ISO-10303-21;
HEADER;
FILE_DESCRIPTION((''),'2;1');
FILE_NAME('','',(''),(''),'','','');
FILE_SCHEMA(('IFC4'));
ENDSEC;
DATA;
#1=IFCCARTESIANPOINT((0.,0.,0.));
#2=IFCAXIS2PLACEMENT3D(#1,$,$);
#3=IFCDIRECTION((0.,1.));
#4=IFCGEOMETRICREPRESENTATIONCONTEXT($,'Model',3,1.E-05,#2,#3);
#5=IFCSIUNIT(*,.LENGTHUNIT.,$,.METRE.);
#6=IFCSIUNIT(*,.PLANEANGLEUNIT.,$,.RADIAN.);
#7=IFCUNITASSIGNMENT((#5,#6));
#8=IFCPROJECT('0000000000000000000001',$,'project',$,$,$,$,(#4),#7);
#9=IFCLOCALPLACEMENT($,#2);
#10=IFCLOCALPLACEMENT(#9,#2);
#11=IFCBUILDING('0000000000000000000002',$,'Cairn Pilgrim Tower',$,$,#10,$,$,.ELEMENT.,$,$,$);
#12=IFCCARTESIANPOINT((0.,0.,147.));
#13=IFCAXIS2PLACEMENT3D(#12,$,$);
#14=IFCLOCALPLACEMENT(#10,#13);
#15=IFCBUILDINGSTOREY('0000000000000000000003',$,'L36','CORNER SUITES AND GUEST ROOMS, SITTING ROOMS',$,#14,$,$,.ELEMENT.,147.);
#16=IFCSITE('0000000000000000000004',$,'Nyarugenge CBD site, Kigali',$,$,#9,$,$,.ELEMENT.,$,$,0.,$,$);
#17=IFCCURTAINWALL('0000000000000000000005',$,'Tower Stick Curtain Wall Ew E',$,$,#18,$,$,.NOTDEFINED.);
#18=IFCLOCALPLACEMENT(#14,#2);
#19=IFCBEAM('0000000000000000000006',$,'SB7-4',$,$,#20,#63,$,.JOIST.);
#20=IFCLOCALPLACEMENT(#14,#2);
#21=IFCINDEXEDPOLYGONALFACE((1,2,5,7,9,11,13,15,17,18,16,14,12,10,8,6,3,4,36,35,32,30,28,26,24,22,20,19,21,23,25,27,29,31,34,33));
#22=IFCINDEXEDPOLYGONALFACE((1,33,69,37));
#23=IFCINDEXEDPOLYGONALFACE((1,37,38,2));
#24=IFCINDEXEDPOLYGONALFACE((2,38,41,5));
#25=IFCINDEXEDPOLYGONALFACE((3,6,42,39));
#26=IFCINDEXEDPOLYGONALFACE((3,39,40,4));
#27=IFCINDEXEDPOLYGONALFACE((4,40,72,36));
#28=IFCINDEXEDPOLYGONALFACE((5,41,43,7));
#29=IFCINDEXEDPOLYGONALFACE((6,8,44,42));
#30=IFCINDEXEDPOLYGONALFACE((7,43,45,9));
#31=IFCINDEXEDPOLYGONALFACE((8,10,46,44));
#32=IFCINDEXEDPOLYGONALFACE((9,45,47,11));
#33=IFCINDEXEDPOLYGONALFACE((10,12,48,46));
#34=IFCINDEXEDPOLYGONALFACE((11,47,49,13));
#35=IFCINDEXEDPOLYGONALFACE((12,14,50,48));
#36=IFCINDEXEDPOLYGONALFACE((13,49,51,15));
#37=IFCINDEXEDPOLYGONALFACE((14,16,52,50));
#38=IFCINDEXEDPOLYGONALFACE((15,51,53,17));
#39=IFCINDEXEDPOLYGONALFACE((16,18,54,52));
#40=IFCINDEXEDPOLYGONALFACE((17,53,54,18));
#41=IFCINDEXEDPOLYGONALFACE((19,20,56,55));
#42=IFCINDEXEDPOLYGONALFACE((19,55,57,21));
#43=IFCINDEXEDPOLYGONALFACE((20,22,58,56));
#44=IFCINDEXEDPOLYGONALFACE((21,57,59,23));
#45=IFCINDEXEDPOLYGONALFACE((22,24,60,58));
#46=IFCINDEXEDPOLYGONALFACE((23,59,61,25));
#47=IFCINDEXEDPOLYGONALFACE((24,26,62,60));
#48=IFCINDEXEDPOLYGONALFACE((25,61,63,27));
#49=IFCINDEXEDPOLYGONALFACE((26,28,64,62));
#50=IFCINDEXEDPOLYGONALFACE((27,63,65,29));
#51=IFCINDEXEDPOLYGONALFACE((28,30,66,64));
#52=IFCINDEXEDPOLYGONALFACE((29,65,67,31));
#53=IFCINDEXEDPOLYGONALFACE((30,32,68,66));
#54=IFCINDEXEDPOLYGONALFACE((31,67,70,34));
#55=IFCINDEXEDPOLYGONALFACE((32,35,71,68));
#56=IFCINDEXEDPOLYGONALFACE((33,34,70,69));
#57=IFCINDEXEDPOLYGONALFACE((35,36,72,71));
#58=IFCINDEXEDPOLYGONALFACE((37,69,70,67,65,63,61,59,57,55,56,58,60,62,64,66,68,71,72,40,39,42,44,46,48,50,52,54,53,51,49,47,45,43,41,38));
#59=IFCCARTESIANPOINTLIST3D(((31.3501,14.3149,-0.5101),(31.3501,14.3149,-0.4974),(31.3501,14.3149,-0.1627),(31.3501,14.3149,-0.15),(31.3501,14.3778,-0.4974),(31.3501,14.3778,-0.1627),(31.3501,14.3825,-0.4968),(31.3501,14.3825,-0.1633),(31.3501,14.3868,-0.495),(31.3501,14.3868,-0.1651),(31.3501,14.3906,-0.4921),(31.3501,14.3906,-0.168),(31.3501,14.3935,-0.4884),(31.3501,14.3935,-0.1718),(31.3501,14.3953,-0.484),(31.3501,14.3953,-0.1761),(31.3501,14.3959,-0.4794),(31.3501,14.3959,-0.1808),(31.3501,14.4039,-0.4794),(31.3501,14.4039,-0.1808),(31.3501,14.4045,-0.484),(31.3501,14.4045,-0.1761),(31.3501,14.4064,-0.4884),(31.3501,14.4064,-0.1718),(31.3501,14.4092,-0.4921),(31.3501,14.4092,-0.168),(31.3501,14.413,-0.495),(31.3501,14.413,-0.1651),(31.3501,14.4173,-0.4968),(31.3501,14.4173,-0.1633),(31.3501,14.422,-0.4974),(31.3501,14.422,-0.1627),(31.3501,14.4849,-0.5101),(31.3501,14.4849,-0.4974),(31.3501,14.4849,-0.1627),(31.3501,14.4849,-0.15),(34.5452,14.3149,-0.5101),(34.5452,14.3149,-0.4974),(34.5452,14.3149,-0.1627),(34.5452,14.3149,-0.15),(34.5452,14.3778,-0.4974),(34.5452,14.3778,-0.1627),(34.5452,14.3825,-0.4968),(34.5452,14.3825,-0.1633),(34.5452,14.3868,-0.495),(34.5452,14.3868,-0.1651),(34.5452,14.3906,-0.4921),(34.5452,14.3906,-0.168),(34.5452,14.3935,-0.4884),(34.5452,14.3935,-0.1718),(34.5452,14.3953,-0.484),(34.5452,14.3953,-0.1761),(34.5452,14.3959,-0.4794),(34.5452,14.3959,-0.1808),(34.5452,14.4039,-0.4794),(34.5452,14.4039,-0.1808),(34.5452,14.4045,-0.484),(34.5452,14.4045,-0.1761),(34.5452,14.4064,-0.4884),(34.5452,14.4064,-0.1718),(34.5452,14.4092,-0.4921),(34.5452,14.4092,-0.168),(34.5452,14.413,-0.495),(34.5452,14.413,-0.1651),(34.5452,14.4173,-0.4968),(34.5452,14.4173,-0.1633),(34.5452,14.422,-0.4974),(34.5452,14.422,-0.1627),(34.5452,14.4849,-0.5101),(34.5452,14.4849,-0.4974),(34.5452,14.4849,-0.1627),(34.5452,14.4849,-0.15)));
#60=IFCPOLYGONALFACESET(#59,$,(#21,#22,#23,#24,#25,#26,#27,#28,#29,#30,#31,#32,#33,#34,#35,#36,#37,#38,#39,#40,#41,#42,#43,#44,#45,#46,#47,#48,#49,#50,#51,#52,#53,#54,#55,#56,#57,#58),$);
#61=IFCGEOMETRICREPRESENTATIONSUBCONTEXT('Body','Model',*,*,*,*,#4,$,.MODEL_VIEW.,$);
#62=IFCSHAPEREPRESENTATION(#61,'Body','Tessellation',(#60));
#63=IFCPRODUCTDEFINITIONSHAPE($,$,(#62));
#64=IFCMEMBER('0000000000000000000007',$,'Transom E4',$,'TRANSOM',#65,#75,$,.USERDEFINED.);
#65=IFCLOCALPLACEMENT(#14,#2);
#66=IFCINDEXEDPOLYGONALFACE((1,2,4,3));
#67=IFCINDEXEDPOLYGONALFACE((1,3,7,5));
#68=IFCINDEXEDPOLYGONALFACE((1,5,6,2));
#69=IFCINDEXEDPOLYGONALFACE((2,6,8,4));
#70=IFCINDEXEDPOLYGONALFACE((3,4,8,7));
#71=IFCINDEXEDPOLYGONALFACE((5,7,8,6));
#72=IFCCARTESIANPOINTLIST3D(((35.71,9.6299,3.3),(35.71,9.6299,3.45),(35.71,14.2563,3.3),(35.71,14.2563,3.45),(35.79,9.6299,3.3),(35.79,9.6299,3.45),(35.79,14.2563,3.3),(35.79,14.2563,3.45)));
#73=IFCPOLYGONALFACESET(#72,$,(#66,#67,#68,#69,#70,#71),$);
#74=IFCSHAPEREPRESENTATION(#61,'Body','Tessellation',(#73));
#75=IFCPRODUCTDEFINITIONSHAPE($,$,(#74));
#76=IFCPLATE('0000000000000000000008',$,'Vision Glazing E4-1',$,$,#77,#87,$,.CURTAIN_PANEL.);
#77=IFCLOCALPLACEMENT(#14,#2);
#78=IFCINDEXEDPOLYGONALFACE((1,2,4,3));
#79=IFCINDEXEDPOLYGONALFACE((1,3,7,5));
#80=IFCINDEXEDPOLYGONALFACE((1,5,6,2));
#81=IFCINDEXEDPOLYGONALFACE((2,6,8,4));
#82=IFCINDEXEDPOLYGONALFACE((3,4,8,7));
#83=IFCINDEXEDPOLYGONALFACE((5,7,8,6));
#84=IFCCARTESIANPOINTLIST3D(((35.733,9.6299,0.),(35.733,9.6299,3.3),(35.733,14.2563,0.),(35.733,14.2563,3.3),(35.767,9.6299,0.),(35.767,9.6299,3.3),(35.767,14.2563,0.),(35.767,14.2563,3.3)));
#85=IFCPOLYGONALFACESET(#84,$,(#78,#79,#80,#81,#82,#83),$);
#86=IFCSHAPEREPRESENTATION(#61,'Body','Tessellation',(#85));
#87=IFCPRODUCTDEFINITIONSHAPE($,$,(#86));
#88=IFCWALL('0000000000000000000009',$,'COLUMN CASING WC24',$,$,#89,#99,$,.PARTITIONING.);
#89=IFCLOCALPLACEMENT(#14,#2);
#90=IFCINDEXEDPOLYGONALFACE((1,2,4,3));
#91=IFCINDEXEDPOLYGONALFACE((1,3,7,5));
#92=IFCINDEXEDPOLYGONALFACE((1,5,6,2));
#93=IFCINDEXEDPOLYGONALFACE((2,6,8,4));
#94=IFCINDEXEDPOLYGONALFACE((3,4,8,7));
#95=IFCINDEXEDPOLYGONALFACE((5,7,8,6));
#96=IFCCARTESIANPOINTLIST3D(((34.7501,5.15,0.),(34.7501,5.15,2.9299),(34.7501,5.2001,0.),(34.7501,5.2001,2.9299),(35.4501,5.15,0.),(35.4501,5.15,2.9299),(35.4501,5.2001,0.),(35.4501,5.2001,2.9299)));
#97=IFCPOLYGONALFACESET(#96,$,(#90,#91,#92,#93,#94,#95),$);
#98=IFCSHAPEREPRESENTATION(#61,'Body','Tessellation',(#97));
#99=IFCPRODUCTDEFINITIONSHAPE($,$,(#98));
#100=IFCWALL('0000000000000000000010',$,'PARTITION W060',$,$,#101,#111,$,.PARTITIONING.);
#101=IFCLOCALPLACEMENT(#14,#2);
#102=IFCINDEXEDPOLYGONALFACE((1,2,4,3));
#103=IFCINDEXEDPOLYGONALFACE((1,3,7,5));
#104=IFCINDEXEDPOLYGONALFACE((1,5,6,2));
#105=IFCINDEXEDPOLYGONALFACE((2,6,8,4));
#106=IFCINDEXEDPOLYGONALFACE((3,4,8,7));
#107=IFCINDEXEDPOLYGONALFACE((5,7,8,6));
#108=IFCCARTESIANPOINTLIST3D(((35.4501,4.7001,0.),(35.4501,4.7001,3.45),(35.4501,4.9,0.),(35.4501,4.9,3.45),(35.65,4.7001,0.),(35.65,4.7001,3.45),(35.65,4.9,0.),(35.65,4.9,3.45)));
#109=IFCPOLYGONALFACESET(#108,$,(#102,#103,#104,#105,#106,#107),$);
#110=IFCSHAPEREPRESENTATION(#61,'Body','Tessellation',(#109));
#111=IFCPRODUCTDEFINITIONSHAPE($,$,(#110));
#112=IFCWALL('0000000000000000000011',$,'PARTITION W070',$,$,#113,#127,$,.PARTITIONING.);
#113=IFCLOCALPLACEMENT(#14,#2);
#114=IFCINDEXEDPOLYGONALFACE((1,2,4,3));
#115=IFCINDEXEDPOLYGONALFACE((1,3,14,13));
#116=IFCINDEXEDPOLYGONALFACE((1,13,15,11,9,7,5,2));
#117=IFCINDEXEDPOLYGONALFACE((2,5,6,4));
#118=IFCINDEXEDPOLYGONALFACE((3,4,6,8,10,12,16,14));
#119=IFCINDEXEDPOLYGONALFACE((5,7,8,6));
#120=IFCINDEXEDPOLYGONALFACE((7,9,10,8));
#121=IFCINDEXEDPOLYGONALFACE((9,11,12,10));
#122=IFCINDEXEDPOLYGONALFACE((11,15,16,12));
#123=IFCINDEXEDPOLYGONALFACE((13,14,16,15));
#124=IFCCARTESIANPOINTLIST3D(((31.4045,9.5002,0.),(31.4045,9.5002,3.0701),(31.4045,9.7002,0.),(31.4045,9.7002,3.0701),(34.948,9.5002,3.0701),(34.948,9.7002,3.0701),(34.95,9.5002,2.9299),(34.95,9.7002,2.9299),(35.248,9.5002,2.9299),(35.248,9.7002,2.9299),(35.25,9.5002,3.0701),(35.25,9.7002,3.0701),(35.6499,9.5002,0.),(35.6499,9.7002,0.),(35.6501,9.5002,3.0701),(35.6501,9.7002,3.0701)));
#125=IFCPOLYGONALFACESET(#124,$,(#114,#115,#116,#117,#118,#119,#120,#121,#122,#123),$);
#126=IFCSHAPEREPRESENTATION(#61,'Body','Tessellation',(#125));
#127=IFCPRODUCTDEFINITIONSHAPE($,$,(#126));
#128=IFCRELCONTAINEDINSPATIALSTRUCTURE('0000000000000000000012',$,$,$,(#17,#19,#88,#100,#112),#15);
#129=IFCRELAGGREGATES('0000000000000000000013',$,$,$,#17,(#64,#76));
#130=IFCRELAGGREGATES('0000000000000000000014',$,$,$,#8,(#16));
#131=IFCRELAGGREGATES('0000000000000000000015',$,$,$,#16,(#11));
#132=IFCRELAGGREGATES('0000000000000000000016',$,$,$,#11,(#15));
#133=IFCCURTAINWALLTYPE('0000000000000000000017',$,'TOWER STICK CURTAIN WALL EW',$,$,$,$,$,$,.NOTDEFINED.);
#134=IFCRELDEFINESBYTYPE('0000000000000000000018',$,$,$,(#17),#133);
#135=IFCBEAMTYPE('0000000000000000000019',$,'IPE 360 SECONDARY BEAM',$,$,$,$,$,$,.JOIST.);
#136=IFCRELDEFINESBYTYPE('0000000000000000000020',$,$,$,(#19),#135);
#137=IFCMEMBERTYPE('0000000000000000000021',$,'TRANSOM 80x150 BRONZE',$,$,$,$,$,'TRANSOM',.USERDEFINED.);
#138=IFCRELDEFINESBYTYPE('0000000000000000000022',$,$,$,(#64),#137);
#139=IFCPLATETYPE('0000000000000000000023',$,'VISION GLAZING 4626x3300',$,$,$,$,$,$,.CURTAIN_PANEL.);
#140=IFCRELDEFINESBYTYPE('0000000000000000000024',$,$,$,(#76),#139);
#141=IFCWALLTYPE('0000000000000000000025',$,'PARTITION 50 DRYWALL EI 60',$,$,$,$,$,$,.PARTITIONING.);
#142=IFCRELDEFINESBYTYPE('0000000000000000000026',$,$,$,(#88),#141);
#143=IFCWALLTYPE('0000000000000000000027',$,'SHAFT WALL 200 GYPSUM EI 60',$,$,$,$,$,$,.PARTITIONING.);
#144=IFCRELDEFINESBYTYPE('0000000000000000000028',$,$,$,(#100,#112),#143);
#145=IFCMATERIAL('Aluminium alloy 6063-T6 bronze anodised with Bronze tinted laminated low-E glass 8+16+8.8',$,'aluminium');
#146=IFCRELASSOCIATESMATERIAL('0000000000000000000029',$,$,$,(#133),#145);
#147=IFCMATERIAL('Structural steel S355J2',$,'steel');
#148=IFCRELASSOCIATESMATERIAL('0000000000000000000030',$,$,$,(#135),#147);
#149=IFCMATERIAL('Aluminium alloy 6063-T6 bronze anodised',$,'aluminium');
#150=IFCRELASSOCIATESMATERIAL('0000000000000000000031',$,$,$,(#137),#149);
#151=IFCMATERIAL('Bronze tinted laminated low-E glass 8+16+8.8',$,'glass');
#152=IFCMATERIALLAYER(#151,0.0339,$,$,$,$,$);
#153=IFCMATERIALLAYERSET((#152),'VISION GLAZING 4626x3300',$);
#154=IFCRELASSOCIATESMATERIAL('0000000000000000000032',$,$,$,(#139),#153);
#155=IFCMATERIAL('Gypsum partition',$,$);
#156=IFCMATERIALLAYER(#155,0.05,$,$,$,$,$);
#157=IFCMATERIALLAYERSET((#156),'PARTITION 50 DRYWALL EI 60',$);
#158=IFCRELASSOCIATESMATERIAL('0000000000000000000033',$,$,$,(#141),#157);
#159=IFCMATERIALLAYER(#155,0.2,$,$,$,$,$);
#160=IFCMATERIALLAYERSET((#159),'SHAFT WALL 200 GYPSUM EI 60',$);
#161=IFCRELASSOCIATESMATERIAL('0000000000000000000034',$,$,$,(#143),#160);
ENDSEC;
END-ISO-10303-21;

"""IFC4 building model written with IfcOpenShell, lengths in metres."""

from ifc_helpers import new_model, si_unit, direction, frame, frame_2d, origin, origin_2d, place, context, subcontext, project, spatial, polyline, rectangle, i_section, outline, extrude, material, layer, layer_set, material_profile, profile_set, type_object, element, aggregate, save


model = new_model("IFC4")

# Units and contexts
model_context = context("Model", 3, precision=1e-05, world=origin(), true_north=direction((0.0, 1.0)))
body_context = subcontext(model_context, "Body", "Model", "MODEL_VIEW")
ifc_project = project(units=[si_unit("LENGTHUNIT", "METRE"), si_unit("PLANEANGLEUNIT", "RADIAN")], contexts=[model_context])

# Site, building, storey
site_placement = place(None, origin())
site = spatial("IfcSite", under=ifc_project, at=site_placement, Name="Nyarugenge CBD site, Kigali", CompositionType="ELEMENT", RefElevation=0.0)
building_placement = place(site_placement, origin())
building = spatial("IfcBuilding", under=site, at=building_placement, Name="Cairn Pilgrim Tower", CompositionType="ELEMENT")
storey_placement = place(building_placement, frame((0.0, 0.0, 147.0)))
storey = spatial("IfcBuildingStorey", under=building, at=storey_placement, Name="L36", Description="CORNER SUITES AND GUEST ROOMS, SITTING ROOMS", CompositionType="ELEMENT", Elevation=147.0)

# Curtain wall
ifc_material_1 = material(Name="Aluminium alloy 6063-T6 bronze anodised with Bronze tinted laminated low-E glass 8+16+8.8", Category="aluminium")
curtain_wall_type_1 = type_object("IfcCurtainWallType", Name="TOWER STICK CURTAIN WALL EW", PredefinedType="NOTDEFINED", material=ifc_material_1)
curtain_wall_1_placement = place(storey_placement, origin())
curtain_wall_1 = element("IfcCurtainWall", 1, at=curtain_wall_1_placement, inside=storey, type_object=curtain_wall_type_1, Name="Tower Stick Curtain Wall Ew E", PredefinedType="NOTDEFINED")
ifc_material_2 = material(Name="Aluminium alloy 6063-T6 bronze anodised", Category="aluminium")

# Beam
ifc_material_3 = material(Name="Structural steel S355J2", Category="steel")
ifc_material_profile_1 = material_profile(ifc_material_3, i_section(OverallWidth=0.1699, OverallDepth=0.3601, WebThickness=0.0081, FlangeThickness=0.0127, FilletRadius=0.0181, at=origin_2d()), Name="IPE 360")
ifc_profile_set_1 = profile_set([ifc_material_profile_1], Name="Structural steel S355J2")
beam_type_1 = type_object("IfcBeamType", Name="IPE 360 SECONDARY BEAM", PredefinedType="JOIST", material=ifc_profile_set_1)
beam_1_placement = place(storey_placement, frame((31.3501, 14.3999, -0.3301), z_axis=(1.0, 0.0, 0.0), x_axis=(0.0, 1.0, 0.0)))
element("IfcBeam", 2, at=beam_1_placement, inside=storey, type_object=beam_type_1, Name="SB7-4", PredefinedType="JOIST", context=body_context, shape_type="SweptSolid", body=[
    extrude(i_section(OverallWidth=0.1699, OverallDepth=0.3601, WebThickness=0.0081, FlangeThickness=0.0127, FilletRadius=0.0181, at=origin_2d()), origin(), (0.0, 0.0, 1.0), 3.1951),
])

# Member
ifc_material_profile_2 = material_profile(ifc_material_2, rectangle(XDim=0.0801, YDim=0.1499, at=origin_2d()), Name="TRANSOM 80x150 BRONZE")
ifc_profile_set_2 = profile_set([ifc_material_profile_2], Name="Aluminium alloy 6063-T6 bronze anodised")
member_type_1 = type_object("IfcMemberType", Name="TRANSOM 80x150 BRONZE", ElementType="TRANSOM", PredefinedType="USERDEFINED", material=ifc_profile_set_2)
member_1_placement = place(storey_placement, frame((35.75, 9.6299, 3.375), z_axis=(0.0, 1.0, 0.0), x_axis=(-1.0, 0.0, 0.0)))
member_1 = element("IfcMember", 3, at=member_1_placement, type_object=member_type_1, Name="Transom E4", ObjectType="TRANSOM", PredefinedType="USERDEFINED", context=body_context, shape_type="SweptSolid", body=[
    extrude(rectangle(XDim=0.0801, YDim=0.1499, at=origin_2d()), origin(), (0.0, 0.0, 1.0), 4.6265),
])

# Plate
ifc_material_4 = material(Name="Bronze tinted laminated low-E glass 8+16+8.8", Category="glass")
ifc_layer_1 = layer(ifc_material_4, 0.0339)
ifc_layer_set_1 = layer_set([ifc_layer_1], Name="VISION GLAZING 4626x3300")
plate_type = type_object("IfcPlateType", Name="VISION GLAZING 4626x3300", PredefinedType="CURTAIN_PANEL", material=ifc_layer_set_1)
plate_placement = place(storey_placement, frame((35.75, 11.9431, 0.0), z_axis=(0.0, 0.0, 1.0), x_axis=(0.0, 1.0, 0.0)))
plate = element("IfcPlate", 4, at=plate_placement, type_object=plate_type, Name="Vision Glazing E4-1", PredefinedType="CURTAIN_PANEL", context=body_context, shape_type="SweptSolid", body=[
    extrude(rectangle(XDim=4.6265, YDim=0.0339, at=origin_2d()), origin(), (0.0, 0.0, 1.0), 3.3),
])
aggregate(curtain_wall_1, [member_1, plate])

# Walls
ifc_material_5 = material(Name="Gypsum partition")
ifc_layer_2 = layer(ifc_material_5, 0.05)
ifc_layer_set_2 = layer_set([ifc_layer_2], Name="PARTITION 50 DRYWALL EI 60")
wall_type_1 = type_object("IfcWallType", Name="PARTITION 50 DRYWALL EI 60", PredefinedType="PARTITIONING", material=ifc_layer_set_2)
wall_1_placement = place(storey_placement, frame((34.75, 5.175, 0.0), z_axis=(0.0, 0.0, 1.0), x_axis=(1.0, 0.0, 0.0)))
element("IfcWall", 5, at=wall_1_placement, inside=storey, type_object=wall_type_1, Name="COLUMN CASING WC24", PredefinedType="PARTITIONING", context=body_context, shape_type="SweptSolid", body=[
    extrude(rectangle(XDim=0.7, YDim=0.05, at=frame_2d((0.3501, 0.0))), origin(), (0.0, 0.0, 1.0), 2.9299),
])
ifc_layer_3 = layer(ifc_material_5, 0.2)
ifc_layer_set_3 = layer_set([ifc_layer_3], Name="SHAFT WALL 200 GYPSUM EI 60")
wall_type_2 = type_object("IfcWallType", Name="SHAFT WALL 200 GYPSUM EI 60", PredefinedType="PARTITIONING", material=ifc_layer_set_3)
wall_2_placement = place(storey_placement, frame((35.45, 4.8, 0.0), z_axis=(0.0, 0.0, 1.0), x_axis=(1.0, 0.0, 0.0)))
element("IfcWall", 6, at=wall_2_placement, inside=storey, type_object=wall_type_2, Name="PARTITION W060", PredefinedType="PARTITIONING", context=body_context, shape_type="SweptSolid", body=[
    extrude(rectangle(XDim=0.2, YDim=0.2, at=frame_2d((0.1001, 0.0))), origin(), (0.0, 0.0, 1.0), 3.45),
])
wall_3_placement = place(storey_placement, frame((31.4045, 9.6001, 0.0), z_axis=(0.0, 0.0, 1.0), x_axis=(1.0, 0.0, 0.0)))
element("IfcWall", 7, at=wall_3_placement, inside=storey, type_object=wall_type_2, Name="PARTITION W070", PredefinedType="PARTITIONING", context=body_context, shape_type="SweptSolid", body=[
    extrude(outline(polyline([(0.0, 0.0), (4.2454, 0.0), (4.2456, 3.0701), (3.8455, 3.0701), (3.8435, 2.9299), (3.5454, 2.9299), (3.5435, 3.0701), (0.0, 3.0701), (0.0, 0.0)])), frame((0.0, 0.1001, 0.0), z_axis=(0.0, -1.0, 0.0), x_axis=(1.0, 0.0, 0.0)), (0.0, 0.0, 1.0), 0.2),
])

save(model, "model.ifc")
